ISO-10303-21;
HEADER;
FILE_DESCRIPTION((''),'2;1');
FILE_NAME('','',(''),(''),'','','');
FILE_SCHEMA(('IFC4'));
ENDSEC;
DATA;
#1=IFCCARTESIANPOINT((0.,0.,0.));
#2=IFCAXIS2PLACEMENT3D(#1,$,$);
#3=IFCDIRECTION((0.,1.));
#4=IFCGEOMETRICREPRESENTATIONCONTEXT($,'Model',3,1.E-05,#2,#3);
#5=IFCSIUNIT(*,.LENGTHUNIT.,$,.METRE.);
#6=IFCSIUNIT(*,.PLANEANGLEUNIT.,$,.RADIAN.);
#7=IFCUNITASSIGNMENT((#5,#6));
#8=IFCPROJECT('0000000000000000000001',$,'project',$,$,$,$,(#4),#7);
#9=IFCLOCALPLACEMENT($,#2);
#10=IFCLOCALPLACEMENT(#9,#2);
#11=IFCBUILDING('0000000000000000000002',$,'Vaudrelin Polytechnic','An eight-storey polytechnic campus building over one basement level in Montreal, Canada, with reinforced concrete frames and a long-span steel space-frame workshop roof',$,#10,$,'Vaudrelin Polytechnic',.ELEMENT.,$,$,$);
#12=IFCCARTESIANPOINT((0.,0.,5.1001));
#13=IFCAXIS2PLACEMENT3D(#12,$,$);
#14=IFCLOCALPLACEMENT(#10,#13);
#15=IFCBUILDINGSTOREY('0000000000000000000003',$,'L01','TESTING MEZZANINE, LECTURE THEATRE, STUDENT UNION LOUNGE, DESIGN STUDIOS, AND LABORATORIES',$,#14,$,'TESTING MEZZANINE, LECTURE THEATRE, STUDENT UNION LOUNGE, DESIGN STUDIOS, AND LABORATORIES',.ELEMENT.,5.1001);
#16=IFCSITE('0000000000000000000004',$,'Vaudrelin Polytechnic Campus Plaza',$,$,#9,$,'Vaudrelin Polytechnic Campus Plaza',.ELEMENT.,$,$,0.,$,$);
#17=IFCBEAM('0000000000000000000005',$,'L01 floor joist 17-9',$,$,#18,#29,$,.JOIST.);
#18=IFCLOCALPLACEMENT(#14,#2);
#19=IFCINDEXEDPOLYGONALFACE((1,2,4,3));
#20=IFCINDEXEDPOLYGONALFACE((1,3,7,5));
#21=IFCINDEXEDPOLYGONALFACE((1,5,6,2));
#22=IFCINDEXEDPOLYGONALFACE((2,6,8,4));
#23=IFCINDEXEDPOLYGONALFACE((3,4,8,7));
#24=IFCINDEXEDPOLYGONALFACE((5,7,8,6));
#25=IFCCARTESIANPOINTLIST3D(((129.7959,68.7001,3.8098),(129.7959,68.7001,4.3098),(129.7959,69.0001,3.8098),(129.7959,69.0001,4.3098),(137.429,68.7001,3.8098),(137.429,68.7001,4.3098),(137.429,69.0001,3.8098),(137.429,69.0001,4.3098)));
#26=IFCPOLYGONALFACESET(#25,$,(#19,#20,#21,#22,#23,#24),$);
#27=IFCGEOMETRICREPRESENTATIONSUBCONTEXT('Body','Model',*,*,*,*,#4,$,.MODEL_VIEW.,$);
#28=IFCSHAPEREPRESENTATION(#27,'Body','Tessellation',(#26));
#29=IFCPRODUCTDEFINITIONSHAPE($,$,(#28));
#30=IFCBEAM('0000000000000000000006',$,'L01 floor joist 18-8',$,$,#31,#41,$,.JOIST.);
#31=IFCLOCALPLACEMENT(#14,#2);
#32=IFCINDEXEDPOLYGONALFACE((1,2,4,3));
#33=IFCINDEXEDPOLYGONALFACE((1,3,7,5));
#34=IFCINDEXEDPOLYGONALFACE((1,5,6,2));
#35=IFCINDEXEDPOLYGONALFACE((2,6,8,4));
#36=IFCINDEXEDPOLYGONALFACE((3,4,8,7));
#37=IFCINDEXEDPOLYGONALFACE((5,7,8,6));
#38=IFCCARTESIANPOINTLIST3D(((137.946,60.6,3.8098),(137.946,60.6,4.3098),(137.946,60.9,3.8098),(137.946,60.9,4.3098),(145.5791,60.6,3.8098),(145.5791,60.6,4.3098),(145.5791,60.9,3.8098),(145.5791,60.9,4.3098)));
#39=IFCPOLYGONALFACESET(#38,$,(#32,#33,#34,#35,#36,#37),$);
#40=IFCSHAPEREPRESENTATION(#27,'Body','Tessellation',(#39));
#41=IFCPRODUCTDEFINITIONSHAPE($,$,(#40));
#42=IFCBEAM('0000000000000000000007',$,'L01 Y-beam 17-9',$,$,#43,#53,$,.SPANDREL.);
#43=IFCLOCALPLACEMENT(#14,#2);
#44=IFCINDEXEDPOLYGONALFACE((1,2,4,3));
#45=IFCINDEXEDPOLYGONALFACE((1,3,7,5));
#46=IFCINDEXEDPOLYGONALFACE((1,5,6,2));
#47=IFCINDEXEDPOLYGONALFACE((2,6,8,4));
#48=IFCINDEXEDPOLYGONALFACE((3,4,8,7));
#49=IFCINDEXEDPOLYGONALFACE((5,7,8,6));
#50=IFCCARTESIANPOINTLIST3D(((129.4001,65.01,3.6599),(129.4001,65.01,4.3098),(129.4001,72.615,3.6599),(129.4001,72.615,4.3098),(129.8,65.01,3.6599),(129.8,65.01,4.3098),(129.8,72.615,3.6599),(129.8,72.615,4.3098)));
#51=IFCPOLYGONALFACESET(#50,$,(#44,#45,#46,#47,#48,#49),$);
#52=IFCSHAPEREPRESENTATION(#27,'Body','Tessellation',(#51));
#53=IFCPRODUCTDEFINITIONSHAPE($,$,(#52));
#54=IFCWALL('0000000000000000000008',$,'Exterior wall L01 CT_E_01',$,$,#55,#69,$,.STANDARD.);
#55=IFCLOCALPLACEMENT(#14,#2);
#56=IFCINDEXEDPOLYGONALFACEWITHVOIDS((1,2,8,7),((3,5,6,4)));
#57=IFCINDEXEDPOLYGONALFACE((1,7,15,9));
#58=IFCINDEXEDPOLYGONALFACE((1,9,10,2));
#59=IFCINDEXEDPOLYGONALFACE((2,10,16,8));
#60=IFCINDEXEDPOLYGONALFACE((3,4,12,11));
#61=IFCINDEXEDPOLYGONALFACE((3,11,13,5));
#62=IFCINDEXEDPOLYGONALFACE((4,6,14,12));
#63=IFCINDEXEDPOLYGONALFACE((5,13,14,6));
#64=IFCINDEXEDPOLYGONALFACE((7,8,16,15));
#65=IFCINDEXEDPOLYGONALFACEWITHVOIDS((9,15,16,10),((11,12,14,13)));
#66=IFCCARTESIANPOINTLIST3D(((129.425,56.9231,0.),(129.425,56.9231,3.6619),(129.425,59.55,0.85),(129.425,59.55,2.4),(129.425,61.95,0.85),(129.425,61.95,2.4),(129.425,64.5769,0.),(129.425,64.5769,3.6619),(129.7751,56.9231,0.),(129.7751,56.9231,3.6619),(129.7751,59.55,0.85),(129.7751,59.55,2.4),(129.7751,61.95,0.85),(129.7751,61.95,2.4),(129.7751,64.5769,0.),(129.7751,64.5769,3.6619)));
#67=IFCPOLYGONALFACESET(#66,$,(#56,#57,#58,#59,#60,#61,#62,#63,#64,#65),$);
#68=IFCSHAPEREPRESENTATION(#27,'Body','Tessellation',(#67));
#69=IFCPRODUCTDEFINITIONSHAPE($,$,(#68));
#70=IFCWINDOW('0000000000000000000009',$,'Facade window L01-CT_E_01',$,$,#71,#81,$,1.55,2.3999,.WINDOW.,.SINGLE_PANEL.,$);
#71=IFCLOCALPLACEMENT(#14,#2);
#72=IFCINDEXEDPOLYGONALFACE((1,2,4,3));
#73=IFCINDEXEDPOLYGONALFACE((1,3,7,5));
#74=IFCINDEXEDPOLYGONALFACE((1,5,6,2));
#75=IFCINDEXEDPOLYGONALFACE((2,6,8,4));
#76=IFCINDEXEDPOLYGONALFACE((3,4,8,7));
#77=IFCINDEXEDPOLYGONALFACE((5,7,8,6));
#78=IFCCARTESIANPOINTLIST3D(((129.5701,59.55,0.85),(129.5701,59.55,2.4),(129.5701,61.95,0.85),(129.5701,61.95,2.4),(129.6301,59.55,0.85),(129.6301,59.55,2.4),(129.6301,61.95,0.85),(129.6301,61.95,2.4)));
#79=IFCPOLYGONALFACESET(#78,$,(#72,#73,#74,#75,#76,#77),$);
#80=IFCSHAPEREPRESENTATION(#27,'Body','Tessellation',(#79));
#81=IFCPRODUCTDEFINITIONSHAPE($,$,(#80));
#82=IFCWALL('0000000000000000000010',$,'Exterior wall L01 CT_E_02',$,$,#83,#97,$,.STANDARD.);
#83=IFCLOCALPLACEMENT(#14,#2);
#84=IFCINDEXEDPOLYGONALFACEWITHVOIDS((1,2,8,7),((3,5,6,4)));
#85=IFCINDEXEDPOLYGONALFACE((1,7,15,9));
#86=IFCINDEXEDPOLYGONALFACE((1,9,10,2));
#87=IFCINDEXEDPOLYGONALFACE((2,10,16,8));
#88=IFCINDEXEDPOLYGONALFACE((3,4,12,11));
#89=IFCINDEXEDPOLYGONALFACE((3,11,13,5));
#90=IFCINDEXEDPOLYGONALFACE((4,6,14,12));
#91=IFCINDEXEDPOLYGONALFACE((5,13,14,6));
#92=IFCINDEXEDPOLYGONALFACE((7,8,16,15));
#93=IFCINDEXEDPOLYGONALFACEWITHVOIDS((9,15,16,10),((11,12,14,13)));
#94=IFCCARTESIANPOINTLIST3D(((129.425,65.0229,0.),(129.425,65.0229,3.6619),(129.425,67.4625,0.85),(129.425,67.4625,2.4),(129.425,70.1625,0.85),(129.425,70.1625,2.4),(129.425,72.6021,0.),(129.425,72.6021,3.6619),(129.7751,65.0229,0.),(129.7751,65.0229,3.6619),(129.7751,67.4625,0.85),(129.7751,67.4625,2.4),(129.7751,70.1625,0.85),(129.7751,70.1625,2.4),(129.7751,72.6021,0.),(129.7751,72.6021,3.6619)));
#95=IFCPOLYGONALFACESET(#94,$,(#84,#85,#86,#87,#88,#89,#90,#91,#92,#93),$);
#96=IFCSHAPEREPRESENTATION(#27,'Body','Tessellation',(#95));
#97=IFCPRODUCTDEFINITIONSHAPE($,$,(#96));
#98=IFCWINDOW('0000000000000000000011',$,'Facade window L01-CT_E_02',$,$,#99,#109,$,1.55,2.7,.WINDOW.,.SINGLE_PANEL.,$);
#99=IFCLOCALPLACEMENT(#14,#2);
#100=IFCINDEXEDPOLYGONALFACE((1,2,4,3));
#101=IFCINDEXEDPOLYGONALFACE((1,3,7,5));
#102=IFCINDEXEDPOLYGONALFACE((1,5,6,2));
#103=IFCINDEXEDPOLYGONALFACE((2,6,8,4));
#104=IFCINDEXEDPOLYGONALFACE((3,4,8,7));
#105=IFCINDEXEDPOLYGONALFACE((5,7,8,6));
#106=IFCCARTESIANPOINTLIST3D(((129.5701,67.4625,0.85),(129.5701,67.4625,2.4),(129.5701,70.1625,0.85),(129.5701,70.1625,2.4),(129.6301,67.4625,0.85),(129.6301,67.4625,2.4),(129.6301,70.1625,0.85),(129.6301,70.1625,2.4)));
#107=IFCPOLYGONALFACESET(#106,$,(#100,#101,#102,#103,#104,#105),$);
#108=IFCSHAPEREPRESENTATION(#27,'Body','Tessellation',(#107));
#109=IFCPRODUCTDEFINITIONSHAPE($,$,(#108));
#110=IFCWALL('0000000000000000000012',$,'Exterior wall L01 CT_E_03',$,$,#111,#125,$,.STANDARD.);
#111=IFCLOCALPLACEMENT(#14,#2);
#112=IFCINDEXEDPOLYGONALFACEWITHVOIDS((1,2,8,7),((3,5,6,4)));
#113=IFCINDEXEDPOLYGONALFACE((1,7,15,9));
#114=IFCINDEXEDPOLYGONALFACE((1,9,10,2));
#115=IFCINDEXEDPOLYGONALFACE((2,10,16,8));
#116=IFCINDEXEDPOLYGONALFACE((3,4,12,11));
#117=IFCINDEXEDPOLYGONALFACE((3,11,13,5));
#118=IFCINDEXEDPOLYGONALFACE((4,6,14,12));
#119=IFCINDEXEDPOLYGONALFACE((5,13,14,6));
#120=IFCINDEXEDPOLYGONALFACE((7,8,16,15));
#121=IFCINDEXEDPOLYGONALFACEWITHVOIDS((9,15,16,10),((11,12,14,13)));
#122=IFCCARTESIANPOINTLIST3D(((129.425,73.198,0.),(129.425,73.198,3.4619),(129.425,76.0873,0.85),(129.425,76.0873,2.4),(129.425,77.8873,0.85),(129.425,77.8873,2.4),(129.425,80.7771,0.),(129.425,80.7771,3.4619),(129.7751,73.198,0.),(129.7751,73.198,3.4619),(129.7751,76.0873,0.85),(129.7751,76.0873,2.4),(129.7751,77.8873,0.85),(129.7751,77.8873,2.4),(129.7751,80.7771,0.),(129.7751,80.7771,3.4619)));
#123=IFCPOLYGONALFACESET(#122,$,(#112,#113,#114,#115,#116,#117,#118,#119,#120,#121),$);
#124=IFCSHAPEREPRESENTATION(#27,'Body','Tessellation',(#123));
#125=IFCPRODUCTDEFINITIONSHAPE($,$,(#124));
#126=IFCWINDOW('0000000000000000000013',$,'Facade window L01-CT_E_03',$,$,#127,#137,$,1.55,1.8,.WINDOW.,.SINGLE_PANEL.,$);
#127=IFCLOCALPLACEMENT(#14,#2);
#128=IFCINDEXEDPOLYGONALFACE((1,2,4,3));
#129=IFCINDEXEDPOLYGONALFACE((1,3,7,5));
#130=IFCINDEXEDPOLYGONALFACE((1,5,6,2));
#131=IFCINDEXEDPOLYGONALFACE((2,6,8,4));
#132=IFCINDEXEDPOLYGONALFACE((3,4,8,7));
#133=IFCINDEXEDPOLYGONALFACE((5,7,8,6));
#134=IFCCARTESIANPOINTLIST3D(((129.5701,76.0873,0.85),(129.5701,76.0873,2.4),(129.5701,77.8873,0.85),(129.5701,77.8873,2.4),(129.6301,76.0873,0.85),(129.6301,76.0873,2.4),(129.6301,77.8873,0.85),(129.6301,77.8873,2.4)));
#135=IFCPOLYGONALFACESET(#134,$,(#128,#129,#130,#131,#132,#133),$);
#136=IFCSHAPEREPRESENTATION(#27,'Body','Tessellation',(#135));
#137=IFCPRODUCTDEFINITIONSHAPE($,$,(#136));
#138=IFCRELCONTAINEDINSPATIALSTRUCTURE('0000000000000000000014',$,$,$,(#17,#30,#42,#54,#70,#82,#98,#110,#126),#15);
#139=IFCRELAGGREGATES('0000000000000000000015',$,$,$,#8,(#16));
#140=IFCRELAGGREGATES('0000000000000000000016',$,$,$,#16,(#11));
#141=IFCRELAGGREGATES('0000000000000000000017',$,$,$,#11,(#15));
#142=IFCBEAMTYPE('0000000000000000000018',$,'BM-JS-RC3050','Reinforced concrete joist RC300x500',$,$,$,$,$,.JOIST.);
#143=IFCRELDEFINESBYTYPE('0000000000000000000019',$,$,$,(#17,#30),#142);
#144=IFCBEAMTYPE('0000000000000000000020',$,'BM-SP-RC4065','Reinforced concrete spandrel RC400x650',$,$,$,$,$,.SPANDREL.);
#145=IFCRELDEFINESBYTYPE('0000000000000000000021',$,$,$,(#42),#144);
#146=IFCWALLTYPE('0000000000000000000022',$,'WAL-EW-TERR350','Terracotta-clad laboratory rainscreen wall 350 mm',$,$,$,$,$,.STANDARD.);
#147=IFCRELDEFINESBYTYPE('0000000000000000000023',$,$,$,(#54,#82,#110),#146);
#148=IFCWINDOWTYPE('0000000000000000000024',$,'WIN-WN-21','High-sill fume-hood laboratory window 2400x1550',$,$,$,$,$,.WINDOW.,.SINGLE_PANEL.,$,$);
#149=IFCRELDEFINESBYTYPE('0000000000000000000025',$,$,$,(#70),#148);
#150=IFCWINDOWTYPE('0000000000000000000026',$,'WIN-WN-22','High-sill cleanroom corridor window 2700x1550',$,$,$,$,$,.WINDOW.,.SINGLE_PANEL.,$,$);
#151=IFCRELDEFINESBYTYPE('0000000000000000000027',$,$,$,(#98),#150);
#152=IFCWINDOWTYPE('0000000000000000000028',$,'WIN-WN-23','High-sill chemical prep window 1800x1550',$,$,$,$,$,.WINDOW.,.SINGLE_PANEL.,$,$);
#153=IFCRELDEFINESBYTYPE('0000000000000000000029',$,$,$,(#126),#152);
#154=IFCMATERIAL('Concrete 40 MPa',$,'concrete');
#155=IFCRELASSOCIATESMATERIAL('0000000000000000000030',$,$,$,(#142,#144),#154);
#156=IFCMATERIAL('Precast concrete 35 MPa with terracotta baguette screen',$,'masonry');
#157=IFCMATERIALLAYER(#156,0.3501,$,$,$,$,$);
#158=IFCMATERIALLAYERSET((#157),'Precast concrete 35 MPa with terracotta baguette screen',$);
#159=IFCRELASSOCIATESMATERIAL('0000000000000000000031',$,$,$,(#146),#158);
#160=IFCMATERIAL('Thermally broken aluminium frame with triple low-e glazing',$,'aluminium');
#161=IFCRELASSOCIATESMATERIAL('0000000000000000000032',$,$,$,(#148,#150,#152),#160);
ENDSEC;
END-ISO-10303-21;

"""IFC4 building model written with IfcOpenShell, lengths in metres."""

from ifc_helpers import new_model, si_unit, direction, frame, frame_2d, origin, origin_2d, place, context, subcontext, project, spatial, rectangle, extrude, material, layer, layer_set, material_profile, profile_set, type_object, element, fill, save


model = new_model("IFC4")

# Units and contexts
model_context = context("Model", 3, precision=1e-05, world=origin(), true_north=direction((0.0, 1.0)))
body_context = subcontext(model_context, "Body", "Model", "MODEL_VIEW")
ifc_project = project(units=[si_unit("LENGTHUNIT", "METRE"), si_unit("PLANEANGLEUNIT", "RADIAN")], contexts=[model_context])

# Site, building, storey
site_placement = place(None, origin())
site = spatial("IfcSite", under=ifc_project, at=site_placement, Name="Vaudrelin Polytechnic Campus Plaza", LongName="Vaudrelin Polytechnic Campus Plaza", CompositionType="ELEMENT", RefElevation=0.0)
building_placement = place(site_placement, origin())
building = spatial("IfcBuilding", under=site, at=building_placement, Name="Vaudrelin Polytechnic", Description="An eight-storey polytechnic campus building over one basement level in Montreal, Canada, with reinforced concrete frames and a long-span steel space-frame workshop roof", LongName="Vaudrelin Polytechnic", CompositionType="ELEMENT")
storey_placement = place(building_placement, frame((0.0, 0.0, 5.1001)))
storey = spatial("IfcBuildingStorey", under=building, at=storey_placement, Name="L01", Description="TESTING MEZZANINE, LECTURE THEATRE, STUDENT UNION LOUNGE, DESIGN STUDIOS, AND LABORATORIES", LongName="TESTING MEZZANINE, LECTURE THEATRE, STUDENT UNION LOUNGE, DESIGN STUDIOS, AND LABORATORIES", CompositionType="ELEMENT", Elevation=5.1001)

# Shared definitions
ifc_material_1 = material(Name="Concrete 40 MPa", Category="concrete")

# Beams
ifc_material_profile_1 = material_profile(ifc_material_1, rectangle(XDim=0.3, YDim=0.5, at=origin_2d()), Name="RC300x500")
ifc_profile_set_1 = profile_set([ifc_material_profile_1], Name="Concrete 40 MPa")
beam_type_1 = type_object("IfcBeamType", Name="BM-JS-RC3050", Description="Reinforced concrete joist RC300x500", PredefinedType="JOIST", material=ifc_profile_set_1)
for number, where, z_axis, x_axis, name in (
    (1, (129.7959, 68.8501, 4.0598), (1.0, 0.0, 0.0), (0.0, 1.0, 0.0), "L01 floor joist 17-9"),
    (2, (137.946, 60.75, 4.0598), (1.0, 0.0, 0.0), (0.0, 1.0, 0.0), "L01 floor joist 18-8"),
):
    element("IfcBeam", number, at=place(storey_placement, frame(where, z_axis=z_axis, x_axis=x_axis)), inside=storey, type_object=beam_type_1, Name=name, PredefinedType="JOIST", context=body_context, shape_type="SweptSolid", body=[
        extrude(rectangle(XDim=0.3, YDim=0.5, at=origin_2d()), origin(), (0.0, 0.0, 1.0), 7.6331),
    ])
ifc_material_profile_2 = material_profile(ifc_material_1, rectangle(XDim=0.3999, YDim=0.6499, at=origin_2d()), Name="RC400x650")
ifc_profile_set_2 = profile_set([ifc_material_profile_2], Name="Concrete 40 MPa")
beam_type_2 = type_object("IfcBeamType", Name="BM-SP-RC4065", Description="Reinforced concrete spandrel RC400x650", PredefinedType="SPANDREL", material=ifc_profile_set_2)
beam_1_placement = place(storey_placement, frame((129.6001, 65.01, 3.9849), z_axis=(0.0, 1.0, 0.0), x_axis=(-1.0, 0.0, 0.0)))
element("IfcBeam", 3, at=beam_1_placement, inside=storey, type_object=beam_type_2, Name="L01 Y-beam 17-9", PredefinedType="SPANDREL", context=body_context, shape_type="SweptSolid", body=[
    extrude(rectangle(XDim=0.3999, YDim=0.6499, at=origin_2d()), origin(), (0.0, 0.0, 1.0), 7.605),
])

# Walls, openings, windows
ifc_material_2 = material(Name="Precast concrete 35 MPa with terracotta baguette screen", Category="masonry")
ifc_layer = layer(ifc_material_2, 0.3501)
ifc_layer_set = layer_set([ifc_layer], Name="Precast concrete 35 MPa with terracotta baguette screen")
wall_type = type_object("IfcWallType", Name="WAL-EW-TERR350", Description="Terracotta-clad laboratory rainscreen wall 350 mm", PredefinedType="STANDARD", material=ifc_layer_set)
wall_1_placement = place(storey_placement, frame((129.6001, 56.9231, 0.0), z_axis=(0.0, 0.0, 1.0), x_axis=(0.0, 1.0, 0.0)))
wall_1 = element("IfcWall", 4, at=wall_1_placement, inside=storey, type_object=wall_type, Name="Exterior wall L01 CT_E_01", PredefinedType="STANDARD", context=body_context, shape_type="SweptSolid", body=[
    extrude(rectangle(XDim=7.6538, YDim=0.3501, at=frame_2d((3.8269, 0.0))), origin(), (0.0, 0.0, 1.0), 3.6619),
])
opening_1_placement = place(wall_1_placement, frame((2.627, 0.0, 0.8501)))
opening_1 = element("IfcOpeningElement", 5, at=opening_1_placement, cuts=wall_1, PredefinedType="OPENING", context=body_context, shape_type="SweptSolid", body=[
    extrude(rectangle(XDim=2.3999, YDim=1.55, at=frame_2d((1.2, 0.7749))), frame((0.0, 0.1851, 0.0), z_axis=(0.0, -1.0, 0.0), x_axis=(1.0, 0.0, 0.0)), (0.0, 0.0, 1.0), 0.3701),
])
ifc_material_3 = material(Name="Thermally broken aluminium frame with triple low-e glazing", Category="aluminium")
window_type_1 = type_object("IfcWindowType", Name="WIN-WN-21", Description="High-sill fume-hood laboratory window 2400x1550", PartitioningType="SINGLE_PANEL", PredefinedType="WINDOW", material=ifc_material_3)
window_1_placement = place(opening_1_placement, origin())
window_1 = element("IfcWindow", 6, at=window_1_placement, inside=storey, type_object=window_type_1, Name="Facade window L01-CT_E_01", OverallHeight=1.55, OverallWidth=2.3999, PartitioningType="SINGLE_PANEL", PredefinedType="WINDOW", context=body_context, shape_type="SweptSolid", body=[
    extrude(rectangle(XDim=2.3999, YDim=1.55, at=frame_2d((1.2, 0.7749))), frame((0.0, 0.03, 0.0), z_axis=(0.0, -1.0, 0.0), x_axis=(1.0, 0.0, 0.0)), (0.0, 0.0, 1.0), 0.0601),
])
fill(opening_1, window_1)
wall_2_placement = place(storey_placement, frame((129.6001, 65.0229, 0.0), z_axis=(0.0, 0.0, 1.0), x_axis=(0.0, 1.0, 0.0)))
wall_2 = element("IfcWall", 7, at=wall_2_placement, inside=storey, type_object=wall_type, Name="Exterior wall L01 CT_E_02", PredefinedType="STANDARD", context=body_context, shape_type="SweptSolid", body=[
    extrude(rectangle(XDim=7.5791, YDim=0.3501, at=frame_2d((3.7896, 0.0))), origin(), (0.0, 0.0, 1.0), 3.6619),
])
opening_2_placement = place(wall_2_placement, frame((2.4395, 0.0, 0.8501)))
opening_2 = element("IfcOpeningElement", 8, at=opening_2_placement, cuts=wall_2, PredefinedType="OPENING", context=body_context, shape_type="SweptSolid", body=[
    extrude(rectangle(XDim=2.7, YDim=1.55, at=frame_2d((1.3501, 0.7749))), frame((0.0, 0.1851, 0.0), z_axis=(0.0, -1.0, 0.0), x_axis=(1.0, 0.0, 0.0)), (0.0, 0.0, 1.0), 0.3701),
])
window_type_2 = type_object("IfcWindowType", Name="WIN-WN-22", Description="High-sill cleanroom corridor window 2700x1550", PartitioningType="SINGLE_PANEL", PredefinedType="WINDOW", material=ifc_material_3)
window_2_placement = place(opening_2_placement, origin())
window_2 = element("IfcWindow", 9, at=window_2_placement, inside=storey, type_object=window_type_2, Name="Facade window L01-CT_E_02", OverallHeight=1.55, OverallWidth=2.7, PartitioningType="SINGLE_PANEL", PredefinedType="WINDOW", context=body_context, shape_type="SweptSolid", body=[
    extrude(rectangle(XDim=2.7, YDim=1.55, at=frame_2d((1.3501, 0.7749))), frame((0.0, 0.03, 0.0), z_axis=(0.0, -1.0, 0.0), x_axis=(1.0, 0.0, 0.0)), (0.0, 0.0, 1.0), 0.0601),
])
fill(opening_2, window_2)
wall_3_placement = place(storey_placement, frame((129.6001, 73.198, 0.0), z_axis=(0.0, 0.0, 1.0), x_axis=(0.0, 1.0, 0.0)))
wall_3 = element("IfcWall", 10, at=wall_3_placement, inside=storey, type_object=wall_type, Name="Exterior wall L01 CT_E_03", PredefinedType="STANDARD", context=body_context, shape_type="SweptSolid", body=[
    extrude(rectangle(XDim=7.5791, YDim=0.3501, at=frame_2d((3.7896, 0.0))), origin(), (0.0, 0.0, 1.0), 3.4619),
])
opening_3_placement = place(wall_3_placement, frame((2.8894, 0.0, 0.8501)))
opening_3 = element("IfcOpeningElement", 11, at=opening_3_placement, cuts=wall_3, PredefinedType="OPENING", context=body_context, shape_type="SweptSolid", body=[
    extrude(rectangle(XDim=1.8, YDim=1.55, at=frame_2d((0.8999, 0.7749))), frame((0.0, 0.1851, 0.0), z_axis=(0.0, -1.0, 0.0), x_axis=(1.0, 0.0, 0.0)), (0.0, 0.0, 1.0), 0.3701),
])
window_type_3 = type_object("IfcWindowType", Name="WIN-WN-23", Description="High-sill chemical prep window 1800x1550", PartitioningType="SINGLE_PANEL", PredefinedType="WINDOW", material=ifc_material_3)
window_3_placement = place(opening_3_placement, origin())
window_3 = element("IfcWindow", 12, at=window_3_placement, inside=storey, type_object=window_type_3, Name="Facade window L01-CT_E_03", OverallHeight=1.55, OverallWidth=1.8, PartitioningType="SINGLE_PANEL", PredefinedType="WINDOW", context=body_context, shape_type="SweptSolid", body=[
    extrude(rectangle(XDim=1.8, YDim=1.55, at=frame_2d((0.8999, 0.7749))), frame((0.0, 0.03, 0.0), z_axis=(0.0, -1.0, 0.0), x_axis=(1.0, 0.0, 0.0)), (0.0, 0.0, 1.0), 0.0601),
])
fill(opening_3, window_3)

save(model, "model.ifc")
